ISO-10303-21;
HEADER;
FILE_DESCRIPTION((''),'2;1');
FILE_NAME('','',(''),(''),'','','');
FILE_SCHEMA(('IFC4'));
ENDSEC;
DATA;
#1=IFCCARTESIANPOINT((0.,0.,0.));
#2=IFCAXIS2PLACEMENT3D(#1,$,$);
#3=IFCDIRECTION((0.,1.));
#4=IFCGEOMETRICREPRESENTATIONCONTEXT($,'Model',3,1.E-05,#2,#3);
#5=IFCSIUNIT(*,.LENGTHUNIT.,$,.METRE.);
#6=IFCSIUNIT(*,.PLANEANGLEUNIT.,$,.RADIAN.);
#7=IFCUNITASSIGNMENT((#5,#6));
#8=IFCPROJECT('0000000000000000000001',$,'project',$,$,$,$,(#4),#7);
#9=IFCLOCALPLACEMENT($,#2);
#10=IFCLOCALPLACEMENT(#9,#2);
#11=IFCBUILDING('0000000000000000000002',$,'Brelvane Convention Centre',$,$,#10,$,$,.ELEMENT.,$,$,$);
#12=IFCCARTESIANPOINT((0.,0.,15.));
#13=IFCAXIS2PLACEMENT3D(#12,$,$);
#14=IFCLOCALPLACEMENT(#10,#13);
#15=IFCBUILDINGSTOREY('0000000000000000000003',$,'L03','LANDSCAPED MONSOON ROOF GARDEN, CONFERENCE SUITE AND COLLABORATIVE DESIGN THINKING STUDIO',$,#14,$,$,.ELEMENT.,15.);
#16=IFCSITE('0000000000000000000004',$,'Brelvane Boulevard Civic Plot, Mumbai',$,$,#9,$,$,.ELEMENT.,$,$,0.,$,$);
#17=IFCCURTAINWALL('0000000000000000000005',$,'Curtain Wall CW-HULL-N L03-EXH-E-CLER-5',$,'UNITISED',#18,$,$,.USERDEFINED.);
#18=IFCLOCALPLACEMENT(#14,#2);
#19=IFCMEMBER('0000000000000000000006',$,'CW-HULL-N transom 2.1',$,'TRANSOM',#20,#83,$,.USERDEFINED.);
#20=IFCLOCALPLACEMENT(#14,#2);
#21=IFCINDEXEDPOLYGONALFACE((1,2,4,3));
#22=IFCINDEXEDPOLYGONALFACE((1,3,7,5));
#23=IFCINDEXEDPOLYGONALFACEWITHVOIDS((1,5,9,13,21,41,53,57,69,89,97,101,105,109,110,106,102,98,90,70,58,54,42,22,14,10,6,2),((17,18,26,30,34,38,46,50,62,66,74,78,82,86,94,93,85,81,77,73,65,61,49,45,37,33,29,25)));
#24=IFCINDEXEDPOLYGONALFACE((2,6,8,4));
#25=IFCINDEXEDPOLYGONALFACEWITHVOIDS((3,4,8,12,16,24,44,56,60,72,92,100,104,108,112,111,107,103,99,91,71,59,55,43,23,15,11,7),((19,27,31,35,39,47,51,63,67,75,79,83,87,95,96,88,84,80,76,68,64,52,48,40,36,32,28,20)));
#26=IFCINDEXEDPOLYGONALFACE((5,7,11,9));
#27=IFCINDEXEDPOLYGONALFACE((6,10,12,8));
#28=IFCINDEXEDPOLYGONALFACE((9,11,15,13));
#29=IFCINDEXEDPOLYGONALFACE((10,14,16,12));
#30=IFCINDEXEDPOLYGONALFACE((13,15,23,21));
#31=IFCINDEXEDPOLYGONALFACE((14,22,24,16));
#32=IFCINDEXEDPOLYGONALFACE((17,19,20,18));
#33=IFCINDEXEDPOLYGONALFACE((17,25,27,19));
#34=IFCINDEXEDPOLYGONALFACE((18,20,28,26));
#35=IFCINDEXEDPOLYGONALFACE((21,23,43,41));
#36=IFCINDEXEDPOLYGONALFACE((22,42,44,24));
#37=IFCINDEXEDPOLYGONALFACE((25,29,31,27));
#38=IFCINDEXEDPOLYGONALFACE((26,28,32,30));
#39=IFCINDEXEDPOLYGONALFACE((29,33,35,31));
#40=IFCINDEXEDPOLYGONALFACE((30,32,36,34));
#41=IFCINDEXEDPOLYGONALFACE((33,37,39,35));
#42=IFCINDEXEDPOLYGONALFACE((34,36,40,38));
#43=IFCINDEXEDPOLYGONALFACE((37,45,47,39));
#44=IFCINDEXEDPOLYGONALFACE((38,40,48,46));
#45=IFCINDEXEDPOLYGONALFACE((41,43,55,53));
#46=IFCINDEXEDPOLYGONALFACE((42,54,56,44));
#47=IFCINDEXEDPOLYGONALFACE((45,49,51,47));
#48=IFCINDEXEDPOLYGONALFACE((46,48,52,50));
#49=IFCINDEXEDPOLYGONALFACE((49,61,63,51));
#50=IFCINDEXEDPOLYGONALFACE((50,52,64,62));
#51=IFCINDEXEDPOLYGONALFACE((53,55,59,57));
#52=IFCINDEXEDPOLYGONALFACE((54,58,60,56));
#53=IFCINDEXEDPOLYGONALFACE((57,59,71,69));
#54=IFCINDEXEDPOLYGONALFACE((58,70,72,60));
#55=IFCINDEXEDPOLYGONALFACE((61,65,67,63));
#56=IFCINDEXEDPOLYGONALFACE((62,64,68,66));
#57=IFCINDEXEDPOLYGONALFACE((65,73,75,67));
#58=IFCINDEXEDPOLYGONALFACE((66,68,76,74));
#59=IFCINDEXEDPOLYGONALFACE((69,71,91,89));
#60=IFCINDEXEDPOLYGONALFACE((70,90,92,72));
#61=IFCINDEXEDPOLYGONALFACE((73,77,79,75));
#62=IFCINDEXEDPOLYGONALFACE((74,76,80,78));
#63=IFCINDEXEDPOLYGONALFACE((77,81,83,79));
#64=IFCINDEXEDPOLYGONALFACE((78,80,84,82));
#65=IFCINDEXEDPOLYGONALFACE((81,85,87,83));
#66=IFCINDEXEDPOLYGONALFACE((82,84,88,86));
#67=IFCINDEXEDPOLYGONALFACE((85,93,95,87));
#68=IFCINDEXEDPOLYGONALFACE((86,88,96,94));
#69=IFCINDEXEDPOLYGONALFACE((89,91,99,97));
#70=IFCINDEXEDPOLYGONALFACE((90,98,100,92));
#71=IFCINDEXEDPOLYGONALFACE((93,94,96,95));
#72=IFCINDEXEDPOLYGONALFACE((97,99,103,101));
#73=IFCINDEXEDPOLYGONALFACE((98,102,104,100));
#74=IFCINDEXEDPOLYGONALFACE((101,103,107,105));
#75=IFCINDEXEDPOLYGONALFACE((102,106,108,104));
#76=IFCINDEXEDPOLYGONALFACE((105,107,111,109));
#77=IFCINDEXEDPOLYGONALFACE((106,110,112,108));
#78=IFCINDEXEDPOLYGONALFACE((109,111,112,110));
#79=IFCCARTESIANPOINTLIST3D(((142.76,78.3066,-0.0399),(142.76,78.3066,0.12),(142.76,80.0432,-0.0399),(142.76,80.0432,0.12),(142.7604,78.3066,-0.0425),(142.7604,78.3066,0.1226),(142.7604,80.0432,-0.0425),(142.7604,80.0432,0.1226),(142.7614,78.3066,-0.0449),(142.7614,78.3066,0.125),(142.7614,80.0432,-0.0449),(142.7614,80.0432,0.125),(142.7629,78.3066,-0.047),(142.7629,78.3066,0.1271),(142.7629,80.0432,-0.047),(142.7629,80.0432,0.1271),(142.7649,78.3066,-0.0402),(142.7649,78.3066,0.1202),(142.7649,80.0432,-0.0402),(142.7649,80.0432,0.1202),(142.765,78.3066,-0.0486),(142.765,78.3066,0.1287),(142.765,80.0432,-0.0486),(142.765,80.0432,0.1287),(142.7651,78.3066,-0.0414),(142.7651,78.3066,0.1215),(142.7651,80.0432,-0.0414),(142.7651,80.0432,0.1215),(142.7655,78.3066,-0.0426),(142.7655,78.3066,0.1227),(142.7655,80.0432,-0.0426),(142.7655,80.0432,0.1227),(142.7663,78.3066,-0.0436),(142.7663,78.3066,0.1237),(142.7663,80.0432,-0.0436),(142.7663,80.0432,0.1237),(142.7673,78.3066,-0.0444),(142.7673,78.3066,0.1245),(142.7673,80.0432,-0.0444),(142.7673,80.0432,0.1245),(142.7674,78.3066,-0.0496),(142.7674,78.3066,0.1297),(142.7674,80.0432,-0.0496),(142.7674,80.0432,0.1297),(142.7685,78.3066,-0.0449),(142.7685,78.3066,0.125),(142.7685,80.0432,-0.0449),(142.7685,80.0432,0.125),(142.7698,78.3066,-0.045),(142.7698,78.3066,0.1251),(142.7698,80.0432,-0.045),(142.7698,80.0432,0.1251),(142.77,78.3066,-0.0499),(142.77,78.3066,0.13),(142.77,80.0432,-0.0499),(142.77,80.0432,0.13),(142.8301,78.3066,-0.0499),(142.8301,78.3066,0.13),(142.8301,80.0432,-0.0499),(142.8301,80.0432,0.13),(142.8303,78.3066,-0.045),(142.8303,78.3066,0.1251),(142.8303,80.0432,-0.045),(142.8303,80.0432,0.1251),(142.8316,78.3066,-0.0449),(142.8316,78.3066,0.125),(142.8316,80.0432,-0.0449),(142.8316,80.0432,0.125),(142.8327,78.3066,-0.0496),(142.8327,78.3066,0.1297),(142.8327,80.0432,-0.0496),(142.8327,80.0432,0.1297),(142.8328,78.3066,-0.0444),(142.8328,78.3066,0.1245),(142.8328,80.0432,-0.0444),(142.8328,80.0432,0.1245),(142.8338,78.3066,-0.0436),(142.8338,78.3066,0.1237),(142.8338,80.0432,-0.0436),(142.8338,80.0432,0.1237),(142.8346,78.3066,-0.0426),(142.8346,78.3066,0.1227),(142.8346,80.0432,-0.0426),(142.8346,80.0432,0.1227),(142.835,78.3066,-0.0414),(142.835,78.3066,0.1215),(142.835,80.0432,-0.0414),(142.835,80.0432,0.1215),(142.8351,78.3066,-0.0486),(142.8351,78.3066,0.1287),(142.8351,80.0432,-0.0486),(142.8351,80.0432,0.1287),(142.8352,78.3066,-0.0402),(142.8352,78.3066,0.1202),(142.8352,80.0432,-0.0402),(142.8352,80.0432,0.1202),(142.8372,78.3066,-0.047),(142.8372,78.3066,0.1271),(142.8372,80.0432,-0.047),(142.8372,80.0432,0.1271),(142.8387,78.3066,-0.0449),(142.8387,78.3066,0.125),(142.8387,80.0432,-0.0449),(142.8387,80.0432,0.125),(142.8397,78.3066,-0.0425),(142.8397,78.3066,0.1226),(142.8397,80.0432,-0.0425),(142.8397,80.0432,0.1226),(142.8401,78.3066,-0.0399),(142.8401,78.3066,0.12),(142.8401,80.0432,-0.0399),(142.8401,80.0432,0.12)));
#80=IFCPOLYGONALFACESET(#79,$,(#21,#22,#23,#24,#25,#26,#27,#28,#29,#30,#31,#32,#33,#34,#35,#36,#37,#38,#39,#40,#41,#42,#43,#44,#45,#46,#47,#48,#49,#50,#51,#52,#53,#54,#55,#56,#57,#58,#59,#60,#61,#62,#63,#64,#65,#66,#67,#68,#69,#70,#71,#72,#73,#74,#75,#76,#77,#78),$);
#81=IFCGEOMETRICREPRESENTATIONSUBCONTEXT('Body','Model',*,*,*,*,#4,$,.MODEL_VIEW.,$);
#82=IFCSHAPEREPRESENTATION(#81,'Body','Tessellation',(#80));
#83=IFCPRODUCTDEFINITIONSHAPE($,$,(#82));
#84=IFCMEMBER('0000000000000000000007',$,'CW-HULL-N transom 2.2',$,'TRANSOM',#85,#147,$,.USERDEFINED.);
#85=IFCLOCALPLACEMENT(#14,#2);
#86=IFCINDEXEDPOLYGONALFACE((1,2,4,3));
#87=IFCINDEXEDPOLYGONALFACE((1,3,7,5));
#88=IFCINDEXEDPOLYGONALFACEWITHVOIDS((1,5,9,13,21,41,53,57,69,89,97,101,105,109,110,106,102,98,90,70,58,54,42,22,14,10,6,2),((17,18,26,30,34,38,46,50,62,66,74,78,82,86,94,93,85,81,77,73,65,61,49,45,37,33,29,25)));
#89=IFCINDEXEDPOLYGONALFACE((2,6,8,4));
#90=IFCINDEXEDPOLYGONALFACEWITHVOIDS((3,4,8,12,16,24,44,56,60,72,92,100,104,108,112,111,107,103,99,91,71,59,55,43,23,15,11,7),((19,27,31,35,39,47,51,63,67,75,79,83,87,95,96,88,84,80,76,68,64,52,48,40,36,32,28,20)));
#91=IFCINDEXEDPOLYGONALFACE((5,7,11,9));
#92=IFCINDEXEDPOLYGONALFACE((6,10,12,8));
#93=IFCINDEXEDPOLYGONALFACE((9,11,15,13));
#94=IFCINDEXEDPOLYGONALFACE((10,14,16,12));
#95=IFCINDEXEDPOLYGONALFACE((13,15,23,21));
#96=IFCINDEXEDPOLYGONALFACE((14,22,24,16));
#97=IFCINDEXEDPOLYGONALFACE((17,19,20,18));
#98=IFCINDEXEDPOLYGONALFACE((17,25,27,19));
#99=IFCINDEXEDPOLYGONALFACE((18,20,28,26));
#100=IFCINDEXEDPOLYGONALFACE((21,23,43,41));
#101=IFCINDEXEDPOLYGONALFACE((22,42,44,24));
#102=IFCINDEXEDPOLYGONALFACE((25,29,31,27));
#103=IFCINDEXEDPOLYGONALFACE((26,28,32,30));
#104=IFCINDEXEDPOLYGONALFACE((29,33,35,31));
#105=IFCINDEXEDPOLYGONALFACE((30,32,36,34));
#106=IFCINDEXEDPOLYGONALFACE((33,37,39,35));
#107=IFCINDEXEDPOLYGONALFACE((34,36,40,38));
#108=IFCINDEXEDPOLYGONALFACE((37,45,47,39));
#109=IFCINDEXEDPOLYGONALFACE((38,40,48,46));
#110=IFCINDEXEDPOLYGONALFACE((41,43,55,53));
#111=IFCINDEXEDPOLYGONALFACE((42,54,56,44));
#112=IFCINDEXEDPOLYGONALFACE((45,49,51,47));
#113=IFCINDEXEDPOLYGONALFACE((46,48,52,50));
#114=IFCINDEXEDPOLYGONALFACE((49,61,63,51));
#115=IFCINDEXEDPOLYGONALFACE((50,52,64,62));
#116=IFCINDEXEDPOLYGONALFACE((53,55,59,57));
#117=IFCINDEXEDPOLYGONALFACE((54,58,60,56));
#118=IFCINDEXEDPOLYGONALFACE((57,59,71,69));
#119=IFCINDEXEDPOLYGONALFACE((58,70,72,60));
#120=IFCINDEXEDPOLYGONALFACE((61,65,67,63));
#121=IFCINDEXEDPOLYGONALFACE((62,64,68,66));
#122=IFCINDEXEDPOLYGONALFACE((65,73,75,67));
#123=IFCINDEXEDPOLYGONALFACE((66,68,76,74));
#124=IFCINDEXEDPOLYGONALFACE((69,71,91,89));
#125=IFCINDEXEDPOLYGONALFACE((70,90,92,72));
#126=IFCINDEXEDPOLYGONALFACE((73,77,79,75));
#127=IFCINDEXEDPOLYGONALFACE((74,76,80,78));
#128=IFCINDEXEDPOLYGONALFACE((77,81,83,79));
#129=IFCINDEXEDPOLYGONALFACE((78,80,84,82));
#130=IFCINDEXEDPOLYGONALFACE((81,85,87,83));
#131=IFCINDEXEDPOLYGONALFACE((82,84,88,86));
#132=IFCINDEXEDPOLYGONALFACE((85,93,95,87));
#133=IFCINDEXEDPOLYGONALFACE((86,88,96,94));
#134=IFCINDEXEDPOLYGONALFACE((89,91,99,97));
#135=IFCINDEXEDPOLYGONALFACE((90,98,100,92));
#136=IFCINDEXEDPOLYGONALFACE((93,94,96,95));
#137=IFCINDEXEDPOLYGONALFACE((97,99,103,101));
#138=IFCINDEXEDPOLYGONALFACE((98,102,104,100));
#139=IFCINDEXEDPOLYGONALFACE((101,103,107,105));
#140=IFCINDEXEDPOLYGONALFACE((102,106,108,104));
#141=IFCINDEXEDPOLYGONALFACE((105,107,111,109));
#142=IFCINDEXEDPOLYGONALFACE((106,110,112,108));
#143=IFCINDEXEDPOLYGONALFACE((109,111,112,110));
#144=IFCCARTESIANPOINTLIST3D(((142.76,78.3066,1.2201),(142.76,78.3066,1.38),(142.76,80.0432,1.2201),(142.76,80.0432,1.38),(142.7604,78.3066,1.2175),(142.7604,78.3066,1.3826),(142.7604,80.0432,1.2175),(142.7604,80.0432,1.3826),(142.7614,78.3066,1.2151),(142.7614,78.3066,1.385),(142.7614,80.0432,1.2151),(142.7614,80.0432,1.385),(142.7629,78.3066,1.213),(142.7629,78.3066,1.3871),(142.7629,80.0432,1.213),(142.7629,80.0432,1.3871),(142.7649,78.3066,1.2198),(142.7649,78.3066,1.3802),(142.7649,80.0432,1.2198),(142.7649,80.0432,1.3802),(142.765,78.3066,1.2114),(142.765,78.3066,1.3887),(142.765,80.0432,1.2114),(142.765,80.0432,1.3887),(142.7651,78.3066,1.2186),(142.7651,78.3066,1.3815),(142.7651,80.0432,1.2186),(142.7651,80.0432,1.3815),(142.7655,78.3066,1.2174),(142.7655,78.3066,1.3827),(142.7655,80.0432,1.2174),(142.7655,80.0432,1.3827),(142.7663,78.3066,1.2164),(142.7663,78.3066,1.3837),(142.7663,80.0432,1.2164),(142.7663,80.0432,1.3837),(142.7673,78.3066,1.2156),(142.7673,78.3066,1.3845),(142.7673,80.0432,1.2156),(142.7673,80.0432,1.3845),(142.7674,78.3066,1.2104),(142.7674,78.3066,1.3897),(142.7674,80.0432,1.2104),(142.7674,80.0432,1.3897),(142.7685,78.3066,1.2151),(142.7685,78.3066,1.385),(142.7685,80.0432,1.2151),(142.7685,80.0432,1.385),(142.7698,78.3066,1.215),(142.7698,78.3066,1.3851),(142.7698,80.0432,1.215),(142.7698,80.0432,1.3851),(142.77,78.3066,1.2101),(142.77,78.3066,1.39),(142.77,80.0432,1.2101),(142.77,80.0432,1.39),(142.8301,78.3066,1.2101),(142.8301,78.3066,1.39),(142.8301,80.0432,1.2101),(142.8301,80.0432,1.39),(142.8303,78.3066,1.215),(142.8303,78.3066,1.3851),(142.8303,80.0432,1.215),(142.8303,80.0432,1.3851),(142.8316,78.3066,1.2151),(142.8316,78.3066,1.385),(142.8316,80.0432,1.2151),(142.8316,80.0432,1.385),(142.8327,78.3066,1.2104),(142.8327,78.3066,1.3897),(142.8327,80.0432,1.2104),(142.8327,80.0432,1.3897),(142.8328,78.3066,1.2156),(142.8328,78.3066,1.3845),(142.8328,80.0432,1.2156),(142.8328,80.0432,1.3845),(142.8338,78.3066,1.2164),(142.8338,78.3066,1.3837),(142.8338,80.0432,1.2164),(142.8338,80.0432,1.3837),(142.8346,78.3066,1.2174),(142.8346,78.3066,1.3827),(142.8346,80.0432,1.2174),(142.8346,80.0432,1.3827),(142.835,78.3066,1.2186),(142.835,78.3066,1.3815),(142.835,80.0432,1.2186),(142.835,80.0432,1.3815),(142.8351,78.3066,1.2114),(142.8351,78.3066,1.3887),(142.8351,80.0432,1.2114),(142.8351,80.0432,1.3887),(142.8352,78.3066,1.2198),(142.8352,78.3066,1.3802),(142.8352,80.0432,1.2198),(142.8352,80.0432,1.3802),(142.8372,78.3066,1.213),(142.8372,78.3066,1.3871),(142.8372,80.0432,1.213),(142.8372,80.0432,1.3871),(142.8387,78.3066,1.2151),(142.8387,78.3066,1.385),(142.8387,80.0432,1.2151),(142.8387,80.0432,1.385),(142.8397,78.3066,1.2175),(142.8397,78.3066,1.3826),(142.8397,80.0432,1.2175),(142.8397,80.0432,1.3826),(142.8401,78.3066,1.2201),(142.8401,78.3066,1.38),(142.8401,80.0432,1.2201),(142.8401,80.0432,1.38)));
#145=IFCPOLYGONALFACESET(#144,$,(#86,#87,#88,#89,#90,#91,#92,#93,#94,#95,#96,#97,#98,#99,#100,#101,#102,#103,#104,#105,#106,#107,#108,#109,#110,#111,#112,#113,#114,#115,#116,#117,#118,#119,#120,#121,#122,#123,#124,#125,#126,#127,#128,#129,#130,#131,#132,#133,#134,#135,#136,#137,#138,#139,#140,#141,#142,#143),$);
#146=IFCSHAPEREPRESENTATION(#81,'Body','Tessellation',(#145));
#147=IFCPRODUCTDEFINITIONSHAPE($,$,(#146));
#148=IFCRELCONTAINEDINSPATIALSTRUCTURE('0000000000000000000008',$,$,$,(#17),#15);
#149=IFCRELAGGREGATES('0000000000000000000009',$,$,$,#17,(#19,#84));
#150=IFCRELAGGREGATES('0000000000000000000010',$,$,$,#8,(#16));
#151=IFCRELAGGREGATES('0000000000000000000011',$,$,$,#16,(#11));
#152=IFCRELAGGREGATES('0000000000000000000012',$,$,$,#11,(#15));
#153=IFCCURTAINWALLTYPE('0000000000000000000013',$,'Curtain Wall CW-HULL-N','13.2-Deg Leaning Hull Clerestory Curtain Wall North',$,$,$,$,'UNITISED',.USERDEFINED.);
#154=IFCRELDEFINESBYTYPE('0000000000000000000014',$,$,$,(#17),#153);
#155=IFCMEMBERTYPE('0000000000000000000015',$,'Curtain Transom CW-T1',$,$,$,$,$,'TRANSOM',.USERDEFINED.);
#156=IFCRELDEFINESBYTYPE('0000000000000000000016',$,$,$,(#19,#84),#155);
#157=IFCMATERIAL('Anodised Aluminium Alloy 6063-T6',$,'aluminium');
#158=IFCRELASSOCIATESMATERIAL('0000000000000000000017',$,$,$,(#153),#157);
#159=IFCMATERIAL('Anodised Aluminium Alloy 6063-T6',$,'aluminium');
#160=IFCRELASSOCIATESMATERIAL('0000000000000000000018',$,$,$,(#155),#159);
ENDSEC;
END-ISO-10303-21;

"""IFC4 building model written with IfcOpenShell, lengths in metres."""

from ifc_helpers import new_model, si_unit, direction, frame, origin, origin_2d, place, context, subcontext, project, spatial, hollow_rectangle, extrude, material, material_profile, profile_set, type_object, element, aggregate, save


model = new_model("IFC4")

# Units and contexts
model_context = context("Model", 3, precision=1e-05, world=origin(), true_north=direction((0.0, 1.0)))
body_context = subcontext(model_context, "Body", "Model", "MODEL_VIEW")
ifc_project = project(units=[si_unit("LENGTHUNIT", "METRE"), si_unit("PLANEANGLEUNIT", "RADIAN")], contexts=[model_context])

# Site, building, storey
site_placement = place(None, origin())
site = spatial("IfcSite", under=ifc_project, at=site_placement, Name="Brelvane Boulevard Civic Plot, Mumbai", CompositionType="ELEMENT", RefElevation=0.0)
building_placement = place(site_placement, origin())
building = spatial("IfcBuilding", under=site, at=building_placement, Name="Brelvane Convention Centre", CompositionType="ELEMENT")
storey_placement = place(building_placement, frame((0.0, 0.0, 15.0)))
storey = spatial("IfcBuildingStorey", under=building, at=storey_placement, Name="L03", Description="LANDSCAPED MONSOON ROOF GARDEN, CONFERENCE SUITE AND COLLABORATIVE DESIGN THINKING STUDIO", CompositionType="ELEMENT", Elevation=15.0)

# Curtain wall, members
ifc_material_1 = material(Name="Anodised Aluminium Alloy 6063-T6", Category="aluminium")
curtain_wall_type = type_object("IfcCurtainWallType", Name="Curtain Wall CW-HULL-N", Description="13.2-Deg Leaning Hull Clerestory Curtain Wall North", ElementType="UNITISED", PredefinedType="USERDEFINED", material=ifc_material_1)
curtain_wall_placement = place(storey_placement, origin())
curtain_wall = element("IfcCurtainWall", 1, at=curtain_wall_placement, inside=storey, type_object=curtain_wall_type, Name="Curtain Wall CW-HULL-N L03-EXH-E-CLER-5", ObjectType="UNITISED", PredefinedType="USERDEFINED")
ifc_material_2 = material(Name="Anodised Aluminium Alloy 6063-T6", Category="aluminium")
ifc_material_profile_1 = material_profile(ifc_material_2, hollow_rectangle(XDim=0.0801, YDim=0.1799, WallThickness=0.0049, InnerFilletRadius=0.0049, OuterFilletRadius=0.01, at=origin_2d()), Name="ALU-T 180x80x5.0")
ifc_profile_set_1 = profile_set([ifc_material_profile_1], Name="Anodised Aluminium Alloy 6063-T6")
member_type_1 = type_object("IfcMemberType", Name="Curtain Transom CW-T1", ElementType="TRANSOM", PredefinedType="USERDEFINED", material=ifc_profile_set_1)
member_1_placement = place(storey_placement, frame((142.8, 78.3066, 0.04), z_axis=(0.0, 1.0, 0.0), x_axis=(-1.0, 0.0, 0.0)))
member_1 = element("IfcMember", 2, at=member_1_placement, type_object=member_type_1, Name="CW-HULL-N transom 2.1", ObjectType="TRANSOM", PredefinedType="USERDEFINED", context=body_context, shape_type="SweptSolid", body=[
    extrude(hollow_rectangle(XDim=0.0801, YDim=0.1799, WallThickness=0.0049, InnerFilletRadius=0.0049, OuterFilletRadius=0.01, at=origin_2d()), origin(), (0.0, 0.0, 1.0), 1.7366),
])
member_2_placement = place(storey_placement, frame((142.8, 78.3066, 1.3), z_axis=(0.0, 1.0, 0.0), x_axis=(-1.0, 0.0, 0.0)))
member_2 = element("IfcMember", 3, at=member_2_placement, type_object=member_type_1, Name="CW-HULL-N transom 2.2", ObjectType="TRANSOM", PredefinedType="USERDEFINED", context=body_context, shape_type="SweptSolid", body=[
    extrude(hollow_rectangle(XDim=0.0801, YDim=0.1799, WallThickness=0.0049, InnerFilletRadius=0.0049, OuterFilletRadius=0.01, at=origin_2d()), origin(), (0.0, 0.0, 1.0), 1.7366),
])

aggregate(curtain_wall, [member_1, member_2])

save(model, "model.ifc")
